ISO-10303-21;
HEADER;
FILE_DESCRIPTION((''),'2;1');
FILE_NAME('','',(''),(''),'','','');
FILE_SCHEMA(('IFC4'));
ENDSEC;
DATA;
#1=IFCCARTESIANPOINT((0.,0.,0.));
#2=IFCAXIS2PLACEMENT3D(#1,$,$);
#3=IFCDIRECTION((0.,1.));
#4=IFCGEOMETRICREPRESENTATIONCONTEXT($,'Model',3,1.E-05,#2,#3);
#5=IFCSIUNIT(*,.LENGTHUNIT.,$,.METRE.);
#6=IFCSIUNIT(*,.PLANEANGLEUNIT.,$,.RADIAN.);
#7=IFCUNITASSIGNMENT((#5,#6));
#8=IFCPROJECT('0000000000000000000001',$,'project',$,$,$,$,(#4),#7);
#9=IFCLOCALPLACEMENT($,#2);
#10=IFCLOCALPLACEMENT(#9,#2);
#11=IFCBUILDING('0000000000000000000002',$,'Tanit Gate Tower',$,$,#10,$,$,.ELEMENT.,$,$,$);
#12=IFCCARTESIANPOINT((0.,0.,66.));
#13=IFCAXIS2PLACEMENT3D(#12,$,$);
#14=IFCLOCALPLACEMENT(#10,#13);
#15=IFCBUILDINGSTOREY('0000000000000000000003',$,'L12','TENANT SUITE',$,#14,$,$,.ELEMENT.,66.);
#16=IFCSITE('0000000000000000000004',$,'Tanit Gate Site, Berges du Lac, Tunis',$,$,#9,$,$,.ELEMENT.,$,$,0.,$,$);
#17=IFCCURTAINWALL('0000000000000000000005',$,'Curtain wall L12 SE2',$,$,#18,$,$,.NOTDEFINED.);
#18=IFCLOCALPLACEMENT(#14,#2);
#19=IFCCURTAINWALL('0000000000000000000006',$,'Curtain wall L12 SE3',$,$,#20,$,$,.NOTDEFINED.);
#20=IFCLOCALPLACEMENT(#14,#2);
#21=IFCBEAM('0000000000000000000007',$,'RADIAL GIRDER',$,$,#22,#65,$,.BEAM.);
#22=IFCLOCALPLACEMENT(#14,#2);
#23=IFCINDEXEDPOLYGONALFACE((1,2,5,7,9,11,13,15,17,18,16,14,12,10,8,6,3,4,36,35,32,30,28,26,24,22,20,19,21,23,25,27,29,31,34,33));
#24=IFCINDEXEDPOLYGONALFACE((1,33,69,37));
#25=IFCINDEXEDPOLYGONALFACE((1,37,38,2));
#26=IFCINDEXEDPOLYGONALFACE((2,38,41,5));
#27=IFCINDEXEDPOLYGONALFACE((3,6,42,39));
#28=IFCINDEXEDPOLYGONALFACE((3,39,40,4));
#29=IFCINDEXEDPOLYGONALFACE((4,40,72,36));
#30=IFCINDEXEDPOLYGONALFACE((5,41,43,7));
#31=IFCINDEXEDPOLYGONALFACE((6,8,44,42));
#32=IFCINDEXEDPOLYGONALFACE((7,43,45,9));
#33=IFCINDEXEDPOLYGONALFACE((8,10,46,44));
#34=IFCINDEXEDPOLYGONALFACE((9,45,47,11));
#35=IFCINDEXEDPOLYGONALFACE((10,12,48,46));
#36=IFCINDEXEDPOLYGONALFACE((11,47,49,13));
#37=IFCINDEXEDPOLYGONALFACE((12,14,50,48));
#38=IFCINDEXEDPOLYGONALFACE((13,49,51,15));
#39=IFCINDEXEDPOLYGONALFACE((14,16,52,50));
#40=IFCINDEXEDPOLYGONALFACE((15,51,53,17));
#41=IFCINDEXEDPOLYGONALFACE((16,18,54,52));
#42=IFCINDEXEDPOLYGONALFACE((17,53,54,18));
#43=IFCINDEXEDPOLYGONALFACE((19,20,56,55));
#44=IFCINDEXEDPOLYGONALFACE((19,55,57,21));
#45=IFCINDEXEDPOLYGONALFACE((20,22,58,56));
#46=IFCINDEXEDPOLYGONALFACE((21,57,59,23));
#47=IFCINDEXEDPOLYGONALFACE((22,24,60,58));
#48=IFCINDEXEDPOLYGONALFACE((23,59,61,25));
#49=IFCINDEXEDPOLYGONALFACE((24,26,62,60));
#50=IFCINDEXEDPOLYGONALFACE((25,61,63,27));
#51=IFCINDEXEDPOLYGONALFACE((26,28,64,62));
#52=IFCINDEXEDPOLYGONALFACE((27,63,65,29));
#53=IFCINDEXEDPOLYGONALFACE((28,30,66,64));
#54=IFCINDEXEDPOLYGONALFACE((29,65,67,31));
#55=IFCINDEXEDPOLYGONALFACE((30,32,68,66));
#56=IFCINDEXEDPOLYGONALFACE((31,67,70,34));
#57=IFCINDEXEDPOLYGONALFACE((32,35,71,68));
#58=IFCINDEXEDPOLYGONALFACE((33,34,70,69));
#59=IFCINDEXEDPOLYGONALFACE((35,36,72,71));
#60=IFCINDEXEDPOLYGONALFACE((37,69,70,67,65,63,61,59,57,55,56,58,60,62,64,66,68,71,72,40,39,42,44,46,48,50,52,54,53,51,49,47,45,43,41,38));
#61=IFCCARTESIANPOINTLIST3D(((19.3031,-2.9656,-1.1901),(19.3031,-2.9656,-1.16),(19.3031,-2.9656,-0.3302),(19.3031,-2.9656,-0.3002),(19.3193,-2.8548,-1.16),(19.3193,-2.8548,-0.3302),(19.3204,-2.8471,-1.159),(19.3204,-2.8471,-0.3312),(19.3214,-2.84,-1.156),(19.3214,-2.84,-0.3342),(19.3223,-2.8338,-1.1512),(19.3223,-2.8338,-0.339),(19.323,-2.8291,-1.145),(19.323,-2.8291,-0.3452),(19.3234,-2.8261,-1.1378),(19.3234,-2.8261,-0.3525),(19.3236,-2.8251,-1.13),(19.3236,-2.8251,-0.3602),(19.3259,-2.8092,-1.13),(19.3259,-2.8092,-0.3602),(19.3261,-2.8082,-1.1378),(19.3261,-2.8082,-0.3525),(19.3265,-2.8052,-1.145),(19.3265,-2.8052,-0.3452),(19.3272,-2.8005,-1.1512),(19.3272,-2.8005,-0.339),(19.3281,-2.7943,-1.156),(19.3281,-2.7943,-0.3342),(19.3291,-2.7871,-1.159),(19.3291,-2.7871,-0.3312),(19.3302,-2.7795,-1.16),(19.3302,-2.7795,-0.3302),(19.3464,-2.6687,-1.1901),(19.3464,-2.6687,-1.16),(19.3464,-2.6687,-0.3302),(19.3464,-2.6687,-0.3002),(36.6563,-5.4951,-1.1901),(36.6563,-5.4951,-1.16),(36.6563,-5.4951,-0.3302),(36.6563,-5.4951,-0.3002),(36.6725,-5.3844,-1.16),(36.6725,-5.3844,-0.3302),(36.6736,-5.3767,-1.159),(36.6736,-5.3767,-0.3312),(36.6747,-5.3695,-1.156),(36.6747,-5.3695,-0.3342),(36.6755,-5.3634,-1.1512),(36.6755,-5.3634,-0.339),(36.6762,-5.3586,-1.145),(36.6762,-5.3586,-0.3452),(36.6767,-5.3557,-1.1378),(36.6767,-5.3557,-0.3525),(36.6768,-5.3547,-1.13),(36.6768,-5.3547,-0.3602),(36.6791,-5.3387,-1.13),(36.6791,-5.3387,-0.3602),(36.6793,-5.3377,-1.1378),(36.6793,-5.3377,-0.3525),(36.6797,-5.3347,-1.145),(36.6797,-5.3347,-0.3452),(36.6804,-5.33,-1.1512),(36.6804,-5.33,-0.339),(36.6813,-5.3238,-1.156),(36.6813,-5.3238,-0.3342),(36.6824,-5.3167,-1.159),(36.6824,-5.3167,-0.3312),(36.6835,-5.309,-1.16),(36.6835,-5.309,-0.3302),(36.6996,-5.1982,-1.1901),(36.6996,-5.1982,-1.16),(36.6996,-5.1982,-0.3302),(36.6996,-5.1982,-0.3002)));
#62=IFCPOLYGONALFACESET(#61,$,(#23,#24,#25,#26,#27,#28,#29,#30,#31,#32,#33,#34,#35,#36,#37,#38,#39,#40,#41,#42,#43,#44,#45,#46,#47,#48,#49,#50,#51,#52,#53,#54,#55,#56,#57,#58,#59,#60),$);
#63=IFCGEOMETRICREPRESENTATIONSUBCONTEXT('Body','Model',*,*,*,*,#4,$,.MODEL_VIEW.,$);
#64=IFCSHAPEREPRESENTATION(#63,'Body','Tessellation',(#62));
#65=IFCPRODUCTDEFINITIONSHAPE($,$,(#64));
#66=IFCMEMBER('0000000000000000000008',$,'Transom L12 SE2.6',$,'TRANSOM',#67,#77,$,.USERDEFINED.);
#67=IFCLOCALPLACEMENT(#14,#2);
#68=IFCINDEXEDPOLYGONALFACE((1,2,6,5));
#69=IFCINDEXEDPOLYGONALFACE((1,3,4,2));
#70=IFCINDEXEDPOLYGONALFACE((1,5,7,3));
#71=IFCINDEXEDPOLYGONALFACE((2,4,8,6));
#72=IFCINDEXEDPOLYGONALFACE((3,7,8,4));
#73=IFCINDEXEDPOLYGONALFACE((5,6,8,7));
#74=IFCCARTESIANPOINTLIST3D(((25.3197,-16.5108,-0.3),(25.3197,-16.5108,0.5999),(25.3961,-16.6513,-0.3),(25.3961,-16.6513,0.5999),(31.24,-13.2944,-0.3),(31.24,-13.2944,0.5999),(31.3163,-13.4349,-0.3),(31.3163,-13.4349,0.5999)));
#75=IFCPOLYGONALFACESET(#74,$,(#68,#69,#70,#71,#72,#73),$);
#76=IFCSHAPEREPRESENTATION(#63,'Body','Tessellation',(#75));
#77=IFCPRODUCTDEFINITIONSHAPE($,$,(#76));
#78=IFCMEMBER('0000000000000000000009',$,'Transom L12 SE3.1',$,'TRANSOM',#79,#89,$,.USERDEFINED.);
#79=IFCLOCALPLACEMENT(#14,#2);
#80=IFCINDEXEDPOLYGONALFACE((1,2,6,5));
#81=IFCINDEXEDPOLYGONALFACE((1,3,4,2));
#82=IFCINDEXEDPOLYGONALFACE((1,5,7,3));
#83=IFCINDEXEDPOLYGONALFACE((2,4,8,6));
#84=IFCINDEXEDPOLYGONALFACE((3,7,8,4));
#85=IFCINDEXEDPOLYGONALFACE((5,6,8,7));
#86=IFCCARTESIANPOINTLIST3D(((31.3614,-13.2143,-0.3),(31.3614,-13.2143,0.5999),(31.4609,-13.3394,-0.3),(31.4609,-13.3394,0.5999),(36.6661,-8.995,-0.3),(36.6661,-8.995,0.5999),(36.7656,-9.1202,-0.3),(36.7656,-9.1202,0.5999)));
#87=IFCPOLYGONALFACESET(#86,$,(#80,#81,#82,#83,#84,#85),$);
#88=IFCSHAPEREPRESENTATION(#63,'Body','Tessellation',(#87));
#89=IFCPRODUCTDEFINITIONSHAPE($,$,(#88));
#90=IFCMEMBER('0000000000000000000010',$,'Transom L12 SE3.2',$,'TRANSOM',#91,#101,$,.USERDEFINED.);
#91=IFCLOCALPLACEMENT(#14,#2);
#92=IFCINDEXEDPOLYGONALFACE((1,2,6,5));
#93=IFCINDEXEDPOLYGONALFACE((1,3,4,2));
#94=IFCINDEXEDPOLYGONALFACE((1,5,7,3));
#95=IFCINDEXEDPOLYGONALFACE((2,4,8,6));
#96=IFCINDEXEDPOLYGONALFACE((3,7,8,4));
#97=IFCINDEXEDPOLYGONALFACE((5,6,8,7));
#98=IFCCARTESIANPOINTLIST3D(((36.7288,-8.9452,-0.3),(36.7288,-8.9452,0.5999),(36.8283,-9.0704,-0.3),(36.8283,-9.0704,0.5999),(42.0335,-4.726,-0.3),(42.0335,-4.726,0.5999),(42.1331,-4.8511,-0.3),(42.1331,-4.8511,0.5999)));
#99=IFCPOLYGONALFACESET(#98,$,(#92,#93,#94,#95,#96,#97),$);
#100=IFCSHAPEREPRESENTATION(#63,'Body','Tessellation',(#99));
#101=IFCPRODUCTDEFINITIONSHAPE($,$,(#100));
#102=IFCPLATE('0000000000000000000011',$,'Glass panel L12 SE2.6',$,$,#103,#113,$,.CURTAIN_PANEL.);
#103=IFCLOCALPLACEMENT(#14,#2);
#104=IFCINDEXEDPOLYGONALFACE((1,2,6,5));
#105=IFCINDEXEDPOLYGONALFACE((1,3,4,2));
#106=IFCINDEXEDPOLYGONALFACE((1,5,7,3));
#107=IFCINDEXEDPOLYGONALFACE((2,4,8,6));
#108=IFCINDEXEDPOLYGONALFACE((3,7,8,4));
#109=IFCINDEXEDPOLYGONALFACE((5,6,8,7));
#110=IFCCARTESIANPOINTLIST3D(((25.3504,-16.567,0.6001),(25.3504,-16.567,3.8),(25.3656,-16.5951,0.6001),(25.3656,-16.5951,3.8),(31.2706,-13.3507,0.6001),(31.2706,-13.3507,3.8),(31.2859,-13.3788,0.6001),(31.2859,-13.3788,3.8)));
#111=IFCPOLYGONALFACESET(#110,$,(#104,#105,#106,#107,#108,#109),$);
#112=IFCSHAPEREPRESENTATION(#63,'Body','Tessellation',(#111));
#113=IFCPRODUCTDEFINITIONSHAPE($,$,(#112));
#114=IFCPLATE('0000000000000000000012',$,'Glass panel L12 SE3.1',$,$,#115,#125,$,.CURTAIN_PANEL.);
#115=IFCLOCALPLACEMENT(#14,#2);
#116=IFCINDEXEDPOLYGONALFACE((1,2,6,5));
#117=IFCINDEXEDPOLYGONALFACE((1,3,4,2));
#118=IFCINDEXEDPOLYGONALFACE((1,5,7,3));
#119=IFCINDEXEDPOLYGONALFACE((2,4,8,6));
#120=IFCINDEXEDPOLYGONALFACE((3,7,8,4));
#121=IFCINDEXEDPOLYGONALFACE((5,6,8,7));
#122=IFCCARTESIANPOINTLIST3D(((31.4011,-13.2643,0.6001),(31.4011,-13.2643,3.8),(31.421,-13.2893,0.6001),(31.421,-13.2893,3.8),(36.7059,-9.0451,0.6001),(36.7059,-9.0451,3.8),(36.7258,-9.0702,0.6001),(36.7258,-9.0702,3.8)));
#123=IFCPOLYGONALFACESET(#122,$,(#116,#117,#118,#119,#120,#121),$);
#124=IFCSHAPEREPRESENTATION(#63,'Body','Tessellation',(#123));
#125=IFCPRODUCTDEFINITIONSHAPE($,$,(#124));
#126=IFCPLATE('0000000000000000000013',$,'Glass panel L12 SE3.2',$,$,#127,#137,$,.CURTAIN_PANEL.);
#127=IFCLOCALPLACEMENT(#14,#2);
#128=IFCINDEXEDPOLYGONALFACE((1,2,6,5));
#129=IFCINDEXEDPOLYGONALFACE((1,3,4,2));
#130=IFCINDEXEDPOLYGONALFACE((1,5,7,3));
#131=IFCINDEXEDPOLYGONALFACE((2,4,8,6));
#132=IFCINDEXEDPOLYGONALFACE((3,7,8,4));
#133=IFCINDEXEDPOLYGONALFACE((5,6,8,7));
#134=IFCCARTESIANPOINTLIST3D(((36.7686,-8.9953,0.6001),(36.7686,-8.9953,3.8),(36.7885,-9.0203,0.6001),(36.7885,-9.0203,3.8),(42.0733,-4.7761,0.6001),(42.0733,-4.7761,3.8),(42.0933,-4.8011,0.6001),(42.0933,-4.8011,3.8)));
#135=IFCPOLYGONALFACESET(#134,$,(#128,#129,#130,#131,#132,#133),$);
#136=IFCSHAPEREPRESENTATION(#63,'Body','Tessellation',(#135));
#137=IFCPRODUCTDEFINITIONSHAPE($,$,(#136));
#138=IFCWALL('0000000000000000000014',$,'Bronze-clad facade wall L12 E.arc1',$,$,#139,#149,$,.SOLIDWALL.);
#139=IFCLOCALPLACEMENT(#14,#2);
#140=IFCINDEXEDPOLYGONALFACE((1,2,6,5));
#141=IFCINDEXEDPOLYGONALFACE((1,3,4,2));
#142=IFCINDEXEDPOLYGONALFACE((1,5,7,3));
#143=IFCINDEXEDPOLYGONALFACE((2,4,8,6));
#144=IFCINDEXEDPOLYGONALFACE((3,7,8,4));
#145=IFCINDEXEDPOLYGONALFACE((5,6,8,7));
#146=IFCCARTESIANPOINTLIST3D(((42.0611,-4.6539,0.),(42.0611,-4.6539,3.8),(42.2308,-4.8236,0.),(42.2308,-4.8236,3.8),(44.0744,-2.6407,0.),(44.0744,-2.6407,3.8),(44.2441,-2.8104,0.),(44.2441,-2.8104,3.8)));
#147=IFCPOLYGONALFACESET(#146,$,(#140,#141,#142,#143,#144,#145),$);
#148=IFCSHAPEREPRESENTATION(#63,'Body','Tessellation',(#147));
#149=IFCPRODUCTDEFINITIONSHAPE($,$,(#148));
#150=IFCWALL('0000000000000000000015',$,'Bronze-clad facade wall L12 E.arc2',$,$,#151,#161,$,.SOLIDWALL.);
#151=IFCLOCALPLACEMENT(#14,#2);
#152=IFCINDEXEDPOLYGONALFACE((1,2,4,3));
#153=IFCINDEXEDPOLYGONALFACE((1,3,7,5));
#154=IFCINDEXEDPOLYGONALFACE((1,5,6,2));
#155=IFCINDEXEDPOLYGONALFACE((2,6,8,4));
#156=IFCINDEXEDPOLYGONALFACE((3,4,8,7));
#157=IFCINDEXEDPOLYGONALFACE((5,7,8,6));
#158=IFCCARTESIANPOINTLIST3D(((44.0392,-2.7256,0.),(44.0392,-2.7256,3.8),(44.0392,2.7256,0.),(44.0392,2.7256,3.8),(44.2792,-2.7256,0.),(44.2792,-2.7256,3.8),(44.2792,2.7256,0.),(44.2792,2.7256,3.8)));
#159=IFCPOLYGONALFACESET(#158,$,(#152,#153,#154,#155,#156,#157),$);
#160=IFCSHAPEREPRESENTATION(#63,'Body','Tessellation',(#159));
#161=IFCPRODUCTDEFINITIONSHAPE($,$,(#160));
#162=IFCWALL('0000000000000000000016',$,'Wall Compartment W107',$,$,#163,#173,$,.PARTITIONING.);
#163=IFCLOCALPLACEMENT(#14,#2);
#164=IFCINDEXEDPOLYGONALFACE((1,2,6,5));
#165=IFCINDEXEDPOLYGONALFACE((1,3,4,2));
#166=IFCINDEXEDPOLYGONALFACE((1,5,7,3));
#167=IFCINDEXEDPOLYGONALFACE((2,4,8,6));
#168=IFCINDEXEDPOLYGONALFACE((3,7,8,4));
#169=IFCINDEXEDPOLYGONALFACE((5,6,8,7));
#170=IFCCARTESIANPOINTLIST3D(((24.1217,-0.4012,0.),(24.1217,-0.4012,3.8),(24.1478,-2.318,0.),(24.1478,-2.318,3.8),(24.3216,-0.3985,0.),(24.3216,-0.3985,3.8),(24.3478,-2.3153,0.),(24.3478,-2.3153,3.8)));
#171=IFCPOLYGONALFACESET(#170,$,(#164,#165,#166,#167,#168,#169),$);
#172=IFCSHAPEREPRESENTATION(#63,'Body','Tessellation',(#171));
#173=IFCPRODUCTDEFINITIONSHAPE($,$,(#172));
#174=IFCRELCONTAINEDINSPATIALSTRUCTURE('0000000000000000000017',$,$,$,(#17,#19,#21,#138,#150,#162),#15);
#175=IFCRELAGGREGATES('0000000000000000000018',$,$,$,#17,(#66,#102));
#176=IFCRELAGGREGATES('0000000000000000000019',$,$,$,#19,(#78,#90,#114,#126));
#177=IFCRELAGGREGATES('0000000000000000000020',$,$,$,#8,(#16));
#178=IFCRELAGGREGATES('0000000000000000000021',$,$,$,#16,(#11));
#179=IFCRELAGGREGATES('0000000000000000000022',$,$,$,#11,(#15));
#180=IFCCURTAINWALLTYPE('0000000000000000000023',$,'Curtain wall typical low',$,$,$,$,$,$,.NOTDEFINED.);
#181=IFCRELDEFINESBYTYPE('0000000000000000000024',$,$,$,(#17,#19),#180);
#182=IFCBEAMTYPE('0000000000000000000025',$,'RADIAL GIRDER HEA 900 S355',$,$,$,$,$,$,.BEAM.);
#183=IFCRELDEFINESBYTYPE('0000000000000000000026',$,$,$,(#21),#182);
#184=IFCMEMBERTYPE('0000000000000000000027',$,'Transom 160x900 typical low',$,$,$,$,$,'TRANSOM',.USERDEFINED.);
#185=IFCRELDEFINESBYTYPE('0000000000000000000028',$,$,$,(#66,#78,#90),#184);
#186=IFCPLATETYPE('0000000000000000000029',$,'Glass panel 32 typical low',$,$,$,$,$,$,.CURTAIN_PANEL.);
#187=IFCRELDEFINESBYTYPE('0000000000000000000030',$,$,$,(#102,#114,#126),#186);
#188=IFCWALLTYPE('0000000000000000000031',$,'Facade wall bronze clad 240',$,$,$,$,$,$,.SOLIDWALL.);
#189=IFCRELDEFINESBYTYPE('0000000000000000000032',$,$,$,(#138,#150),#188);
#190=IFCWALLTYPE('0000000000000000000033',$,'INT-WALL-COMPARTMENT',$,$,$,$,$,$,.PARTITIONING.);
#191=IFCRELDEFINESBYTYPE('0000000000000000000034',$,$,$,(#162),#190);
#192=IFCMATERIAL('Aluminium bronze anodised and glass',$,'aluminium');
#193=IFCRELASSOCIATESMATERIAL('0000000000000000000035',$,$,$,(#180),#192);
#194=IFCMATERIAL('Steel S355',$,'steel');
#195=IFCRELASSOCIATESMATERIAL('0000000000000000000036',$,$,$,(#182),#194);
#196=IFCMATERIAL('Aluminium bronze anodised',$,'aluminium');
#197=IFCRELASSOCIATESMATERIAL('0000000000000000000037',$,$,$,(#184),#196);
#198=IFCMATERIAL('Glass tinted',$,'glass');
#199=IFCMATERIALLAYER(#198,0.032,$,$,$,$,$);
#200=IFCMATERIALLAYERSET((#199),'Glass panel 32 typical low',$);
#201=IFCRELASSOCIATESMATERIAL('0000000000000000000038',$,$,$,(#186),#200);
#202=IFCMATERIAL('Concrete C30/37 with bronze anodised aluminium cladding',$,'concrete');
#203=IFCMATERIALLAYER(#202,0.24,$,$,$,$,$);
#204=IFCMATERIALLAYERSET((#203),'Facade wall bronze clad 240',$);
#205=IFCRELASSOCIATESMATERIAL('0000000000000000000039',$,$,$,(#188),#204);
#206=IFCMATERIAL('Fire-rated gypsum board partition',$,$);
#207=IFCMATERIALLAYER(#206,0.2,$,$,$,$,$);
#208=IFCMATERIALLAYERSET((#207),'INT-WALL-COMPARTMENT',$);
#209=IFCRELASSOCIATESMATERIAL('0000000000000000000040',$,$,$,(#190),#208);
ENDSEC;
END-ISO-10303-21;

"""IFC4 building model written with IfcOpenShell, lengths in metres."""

from ifc_helpers import new_model, si_unit, direction, frame, frame_2d, origin, origin_2d, place, context, subcontext, project, spatial, rectangle, i_section, extrude, material, layer, layer_set, material_profile, profile_set, type_object, element, aggregate, save


model = new_model("IFC4")

# Units and contexts
model_context = context("Model", 3, precision=1e-05, world=origin(), true_north=direction((0.0, 1.0)))
body_context = subcontext(model_context, "Body", "Model", "MODEL_VIEW")
ifc_project = project(units=[si_unit("LENGTHUNIT", "METRE"), si_unit("PLANEANGLEUNIT", "RADIAN")], contexts=[model_context])

# Site, building, storey
site_placement = place(None, origin())
site = spatial("IfcSite", under=ifc_project, at=site_placement, Name="Tanit Gate Site, Berges du Lac, Tunis", CompositionType="ELEMENT", RefElevation=0.0)
building_placement = place(site_placement, origin())
building = spatial("IfcBuilding", under=site, at=building_placement, Name="Tanit Gate Tower", CompositionType="ELEMENT")
storey_placement = place(building_placement, frame((0.0, 0.0, 66.0)))
storey = spatial("IfcBuildingStorey", under=building, at=storey_placement, Name="L12", Description="TENANT SUITE", CompositionType="ELEMENT", Elevation=66.0)

# Curtain wall
ifc_material_1 = material(Name="Aluminium bronze anodised and glass", Category="aluminium")
curtain_wall_type = type_object("IfcCurtainWallType", Name="Curtain wall typical low", PredefinedType="NOTDEFINED", material=ifc_material_1)
curtain_wall_1_placement = place(storey_placement, origin())
curtain_wall_1 = element("IfcCurtainWall", 1, at=curtain_wall_1_placement, inside=storey, type_object=curtain_wall_type, Name="Curtain wall L12 SE2", PredefinedType="NOTDEFINED")

# Curtain wall
curtain_wall_2_placement = place(storey_placement, origin())
curtain_wall_2 = element("IfcCurtainWall", 2, at=curtain_wall_2_placement, inside=storey, type_object=curtain_wall_type, Name="Curtain wall L12 SE3", PredefinedType="NOTDEFINED")

# Beam
ifc_material_2 = material(Name="Steel S355", Category="steel")
ifc_material_profile_1 = material_profile(ifc_material_2, i_section(OverallWidth=0.3, OverallDepth=0.8899, WebThickness=0.0161, FlangeThickness=0.03, FilletRadius=0.03, at=origin_2d()), Name="HEA 900")
ifc_profile_set_1 = profile_set([ifc_material_profile_1], Name="Steel S355")
beam_type_1 = type_object("IfcBeamType", Name="RADIAL GIRDER HEA 900 S355", PredefinedType="BEAM", material=ifc_profile_set_1)
beam_1_placement = place(storey_placement, frame((36.678, -5.3467, -0.7451), z_axis=(-0.989542, 0.144243, 0.0), x_axis=(-0.144243, -0.989542, 0.0)))
element("IfcBeam", 3, at=beam_1_placement, inside=storey, type_object=beam_type_1, Name="RADIAL GIRDER", PredefinedType="BEAM", context=body_context, shape_type="SweptSolid", body=[
    extrude(i_section(OverallWidth=0.3, OverallDepth=0.8899, WebThickness=0.0161, FlangeThickness=0.03, FilletRadius=0.03, at=origin_2d()), origin(), (0.0, 0.0, 1.0), 17.5366),
])

# Members
ifc_material_3 = material(Name="Aluminium bronze anodised", Category="aluminium")
ifc_material_profile_2 = material_profile(ifc_material_3, rectangle(XDim=0.1599, YDim=0.8999, at=origin_2d()), Name="160x900 bronze transom")
ifc_profile_set_2 = profile_set([ifc_material_profile_2], Name="Aluminium bronze anodised")
member_type_1 = type_object("IfcMemberType", Name="Transom 160x900 typical low", ElementType="TRANSOM", PredefinedType="USERDEFINED", material=ifc_profile_set_2)
member_1_placement = place(storey_placement, frame((25.3579, -16.5811, 0.1499), z_axis=(0.878698, 0.477379, 0.0), x_axis=(-0.477379, 0.878698, 0.0)))
member_1 = element("IfcMember", 4, at=member_1_placement, type_object=member_type_1, Name="Transom L12 SE2.6", ObjectType="TRANSOM", PredefinedType="USERDEFINED", context=body_context, shape_type="SweptSolid", body=[
    extrude(rectangle(XDim=0.1599, YDim=0.8999, at=origin_2d()), origin(), (0.0, 0.0, 1.0), 6.7375),
])
member_2_placement = place(storey_placement, frame((31.4111, -13.2769, 0.1499), z_axis=(0.78263, 0.622487, 0.0), x_axis=(-0.622487, 0.78263, 0.0)))
member_2 = element("IfcMember", 5, at=member_2_placement, type_object=member_type_1, Name="Transom L12 SE3.1", ObjectType="TRANSOM", PredefinedType="USERDEFINED", context=body_context, shape_type="SweptSolid", body=[
    extrude(rectangle(XDim=0.1599, YDim=0.8999, at=origin_2d()), origin(), (0.0, 0.0, 1.0), 6.7781),
])
member_3_placement = place(storey_placement, frame((36.7786, -9.0078, 0.1499), z_axis=(0.78263, 0.622487, 0.0), x_axis=(-0.622487, 0.78263, 0.0)))
member_3 = element("IfcMember", 6, at=member_3_placement, type_object=member_type_1, Name="Transom L12 SE3.2", ObjectType="TRANSOM", PredefinedType="USERDEFINED", context=body_context, shape_type="SweptSolid", body=[
    extrude(rectangle(XDim=0.1599, YDim=0.8999, at=origin_2d()), origin(), (0.0, 0.0, 1.0), 6.7781),
])

# Plates
ifc_material_4 = material(Name="Glass tinted", Category="glass")
ifc_layer_1 = layer(ifc_material_4, 0.032)
ifc_layer_set_1 = layer_set([ifc_layer_1], Name="Glass panel 32 typical low")
plate_type = type_object("IfcPlateType", Name="Glass panel 32 typical low", PredefinedType="CURTAIN_PANEL", material=ifc_layer_set_1)
plate_1_placement = place(storey_placement, frame((28.3181, -14.9729, 0.6001), z_axis=(0.0, 0.0, 1.0), x_axis=(0.878696, 0.477381, 0.0)))
plate_1 = element("IfcPlate", 7, at=plate_1_placement, type_object=plate_type, Name="Glass panel L12 SE2.6", PredefinedType="CURTAIN_PANEL", context=body_context, shape_type="SweptSolid", body=[
    extrude(rectangle(XDim=6.7375, YDim=0.032, at=origin_2d()), origin(), (0.0, 0.0, 1.0), 3.2),
])
aggregate(curtain_wall_1, [member_1, plate_1])
plate_2_placement = place(storey_placement, frame((34.0635, -11.1672, 0.6001), z_axis=(0.0, 0.0, 1.0), x_axis=(0.782639, 0.622475, 0.0)))
plate_2 = element("IfcPlate", 8, at=plate_2_placement, type_object=plate_type, Name="Glass panel L12 SE3.1", PredefinedType="CURTAIN_PANEL", context=body_context, shape_type="SweptSolid", body=[
    extrude(rectangle(XDim=6.7781, YDim=0.032, at=origin_2d()), origin(), (0.0, 0.0, 1.0), 3.2),
])
plate_3_placement = place(storey_placement, frame((39.4309, -6.8982, 0.6001), z_axis=(0.0, 0.0, 1.0), x_axis=(0.782639, 0.622475, 0.0)))
plate_3 = element("IfcPlate", 9, at=plate_3_placement, type_object=plate_type, Name="Glass panel L12 SE3.2", PredefinedType="CURTAIN_PANEL", context=body_context, shape_type="SweptSolid", body=[
    extrude(rectangle(XDim=6.7781, YDim=0.032, at=origin_2d()), origin(), (0.0, 0.0, 1.0), 3.2),
])
aggregate(curtain_wall_2, [member_2, member_3, plate_2, plate_3])

# Walls
ifc_material_5 = material(Name="Concrete C30/37 with bronze anodised aluminium cladding", Category="concrete")
ifc_layer_2 = layer(ifc_material_5, 0.24)
ifc_layer_set_2 = layer_set([ifc_layer_2], Name="Facade wall bronze clad 240")
wall_type_1 = type_object("IfcWallType", Name="Facade wall bronze clad 240", PredefinedType="SOLIDWALL", material=ifc_layer_set_2)
wall_1_placement = place(storey_placement, frame((42.146, -4.7388, 0.0), z_axis=(0.0, 0.0, 1.0), x_axis=(0.707107, 0.707107, 0.0)))
element("IfcWall", 10, at=wall_1_placement, inside=storey, type_object=wall_type_1, Name="Bronze-clad facade wall L12 E.arc1", PredefinedType="SOLIDWALL", context=body_context, shape_type="SweptSolid", body=[
    extrude(rectangle(XDim=2.8472, YDim=0.24, at=frame_2d((1.4236, 0.0))), origin(), (0.0, 0.0, 1.0), 3.8),
])
wall_2_placement = place(storey_placement, frame((44.1592, -2.7256, 0.0), z_axis=(0.0, 0.0, 1.0), x_axis=(0.0, 1.0, 0.0)))
element("IfcWall", 11, at=wall_2_placement, inside=storey, type_object=wall_type_1, Name="Bronze-clad facade wall L12 E.arc2", PredefinedType="SOLIDWALL", context=body_context, shape_type="SweptSolid", body=[
    extrude(rectangle(XDim=5.4512, YDim=0.24, at=frame_2d((2.7256, 0.0))), origin(), (0.0, 0.0, 1.0), 3.8),
])
ifc_material_6 = material(Name="Fire-rated gypsum board partition")
ifc_layer_3 = layer(ifc_material_6, 0.2)
ifc_layer_set_3 = layer_set([ifc_layer_3], Name="INT-WALL-COMPARTMENT")
wall_type_2 = type_object("IfcWallType", Name="INT-WALL-COMPARTMENT", PredefinedType="PARTITIONING", material=ifc_layer_set_3)
wall_3_placement = place(storey_placement, frame((24.2478, -2.3167, 0.0), z_axis=(0.0, 0.0, 1.0), x_axis=(-0.013628, 0.999907, 0.0)))
element("IfcWall", 12, at=wall_3_placement, inside=storey, type_object=wall_type_2, Name="Wall Compartment W107", PredefinedType="PARTITIONING", context=body_context, shape_type="SweptSolid", body=[
    extrude(rectangle(XDim=1.917, YDim=0.2, at=frame_2d((0.9585, 0.0))), origin(), (0.0, 0.0, 1.0), 3.8),
])

save(model, "model.ifc")
